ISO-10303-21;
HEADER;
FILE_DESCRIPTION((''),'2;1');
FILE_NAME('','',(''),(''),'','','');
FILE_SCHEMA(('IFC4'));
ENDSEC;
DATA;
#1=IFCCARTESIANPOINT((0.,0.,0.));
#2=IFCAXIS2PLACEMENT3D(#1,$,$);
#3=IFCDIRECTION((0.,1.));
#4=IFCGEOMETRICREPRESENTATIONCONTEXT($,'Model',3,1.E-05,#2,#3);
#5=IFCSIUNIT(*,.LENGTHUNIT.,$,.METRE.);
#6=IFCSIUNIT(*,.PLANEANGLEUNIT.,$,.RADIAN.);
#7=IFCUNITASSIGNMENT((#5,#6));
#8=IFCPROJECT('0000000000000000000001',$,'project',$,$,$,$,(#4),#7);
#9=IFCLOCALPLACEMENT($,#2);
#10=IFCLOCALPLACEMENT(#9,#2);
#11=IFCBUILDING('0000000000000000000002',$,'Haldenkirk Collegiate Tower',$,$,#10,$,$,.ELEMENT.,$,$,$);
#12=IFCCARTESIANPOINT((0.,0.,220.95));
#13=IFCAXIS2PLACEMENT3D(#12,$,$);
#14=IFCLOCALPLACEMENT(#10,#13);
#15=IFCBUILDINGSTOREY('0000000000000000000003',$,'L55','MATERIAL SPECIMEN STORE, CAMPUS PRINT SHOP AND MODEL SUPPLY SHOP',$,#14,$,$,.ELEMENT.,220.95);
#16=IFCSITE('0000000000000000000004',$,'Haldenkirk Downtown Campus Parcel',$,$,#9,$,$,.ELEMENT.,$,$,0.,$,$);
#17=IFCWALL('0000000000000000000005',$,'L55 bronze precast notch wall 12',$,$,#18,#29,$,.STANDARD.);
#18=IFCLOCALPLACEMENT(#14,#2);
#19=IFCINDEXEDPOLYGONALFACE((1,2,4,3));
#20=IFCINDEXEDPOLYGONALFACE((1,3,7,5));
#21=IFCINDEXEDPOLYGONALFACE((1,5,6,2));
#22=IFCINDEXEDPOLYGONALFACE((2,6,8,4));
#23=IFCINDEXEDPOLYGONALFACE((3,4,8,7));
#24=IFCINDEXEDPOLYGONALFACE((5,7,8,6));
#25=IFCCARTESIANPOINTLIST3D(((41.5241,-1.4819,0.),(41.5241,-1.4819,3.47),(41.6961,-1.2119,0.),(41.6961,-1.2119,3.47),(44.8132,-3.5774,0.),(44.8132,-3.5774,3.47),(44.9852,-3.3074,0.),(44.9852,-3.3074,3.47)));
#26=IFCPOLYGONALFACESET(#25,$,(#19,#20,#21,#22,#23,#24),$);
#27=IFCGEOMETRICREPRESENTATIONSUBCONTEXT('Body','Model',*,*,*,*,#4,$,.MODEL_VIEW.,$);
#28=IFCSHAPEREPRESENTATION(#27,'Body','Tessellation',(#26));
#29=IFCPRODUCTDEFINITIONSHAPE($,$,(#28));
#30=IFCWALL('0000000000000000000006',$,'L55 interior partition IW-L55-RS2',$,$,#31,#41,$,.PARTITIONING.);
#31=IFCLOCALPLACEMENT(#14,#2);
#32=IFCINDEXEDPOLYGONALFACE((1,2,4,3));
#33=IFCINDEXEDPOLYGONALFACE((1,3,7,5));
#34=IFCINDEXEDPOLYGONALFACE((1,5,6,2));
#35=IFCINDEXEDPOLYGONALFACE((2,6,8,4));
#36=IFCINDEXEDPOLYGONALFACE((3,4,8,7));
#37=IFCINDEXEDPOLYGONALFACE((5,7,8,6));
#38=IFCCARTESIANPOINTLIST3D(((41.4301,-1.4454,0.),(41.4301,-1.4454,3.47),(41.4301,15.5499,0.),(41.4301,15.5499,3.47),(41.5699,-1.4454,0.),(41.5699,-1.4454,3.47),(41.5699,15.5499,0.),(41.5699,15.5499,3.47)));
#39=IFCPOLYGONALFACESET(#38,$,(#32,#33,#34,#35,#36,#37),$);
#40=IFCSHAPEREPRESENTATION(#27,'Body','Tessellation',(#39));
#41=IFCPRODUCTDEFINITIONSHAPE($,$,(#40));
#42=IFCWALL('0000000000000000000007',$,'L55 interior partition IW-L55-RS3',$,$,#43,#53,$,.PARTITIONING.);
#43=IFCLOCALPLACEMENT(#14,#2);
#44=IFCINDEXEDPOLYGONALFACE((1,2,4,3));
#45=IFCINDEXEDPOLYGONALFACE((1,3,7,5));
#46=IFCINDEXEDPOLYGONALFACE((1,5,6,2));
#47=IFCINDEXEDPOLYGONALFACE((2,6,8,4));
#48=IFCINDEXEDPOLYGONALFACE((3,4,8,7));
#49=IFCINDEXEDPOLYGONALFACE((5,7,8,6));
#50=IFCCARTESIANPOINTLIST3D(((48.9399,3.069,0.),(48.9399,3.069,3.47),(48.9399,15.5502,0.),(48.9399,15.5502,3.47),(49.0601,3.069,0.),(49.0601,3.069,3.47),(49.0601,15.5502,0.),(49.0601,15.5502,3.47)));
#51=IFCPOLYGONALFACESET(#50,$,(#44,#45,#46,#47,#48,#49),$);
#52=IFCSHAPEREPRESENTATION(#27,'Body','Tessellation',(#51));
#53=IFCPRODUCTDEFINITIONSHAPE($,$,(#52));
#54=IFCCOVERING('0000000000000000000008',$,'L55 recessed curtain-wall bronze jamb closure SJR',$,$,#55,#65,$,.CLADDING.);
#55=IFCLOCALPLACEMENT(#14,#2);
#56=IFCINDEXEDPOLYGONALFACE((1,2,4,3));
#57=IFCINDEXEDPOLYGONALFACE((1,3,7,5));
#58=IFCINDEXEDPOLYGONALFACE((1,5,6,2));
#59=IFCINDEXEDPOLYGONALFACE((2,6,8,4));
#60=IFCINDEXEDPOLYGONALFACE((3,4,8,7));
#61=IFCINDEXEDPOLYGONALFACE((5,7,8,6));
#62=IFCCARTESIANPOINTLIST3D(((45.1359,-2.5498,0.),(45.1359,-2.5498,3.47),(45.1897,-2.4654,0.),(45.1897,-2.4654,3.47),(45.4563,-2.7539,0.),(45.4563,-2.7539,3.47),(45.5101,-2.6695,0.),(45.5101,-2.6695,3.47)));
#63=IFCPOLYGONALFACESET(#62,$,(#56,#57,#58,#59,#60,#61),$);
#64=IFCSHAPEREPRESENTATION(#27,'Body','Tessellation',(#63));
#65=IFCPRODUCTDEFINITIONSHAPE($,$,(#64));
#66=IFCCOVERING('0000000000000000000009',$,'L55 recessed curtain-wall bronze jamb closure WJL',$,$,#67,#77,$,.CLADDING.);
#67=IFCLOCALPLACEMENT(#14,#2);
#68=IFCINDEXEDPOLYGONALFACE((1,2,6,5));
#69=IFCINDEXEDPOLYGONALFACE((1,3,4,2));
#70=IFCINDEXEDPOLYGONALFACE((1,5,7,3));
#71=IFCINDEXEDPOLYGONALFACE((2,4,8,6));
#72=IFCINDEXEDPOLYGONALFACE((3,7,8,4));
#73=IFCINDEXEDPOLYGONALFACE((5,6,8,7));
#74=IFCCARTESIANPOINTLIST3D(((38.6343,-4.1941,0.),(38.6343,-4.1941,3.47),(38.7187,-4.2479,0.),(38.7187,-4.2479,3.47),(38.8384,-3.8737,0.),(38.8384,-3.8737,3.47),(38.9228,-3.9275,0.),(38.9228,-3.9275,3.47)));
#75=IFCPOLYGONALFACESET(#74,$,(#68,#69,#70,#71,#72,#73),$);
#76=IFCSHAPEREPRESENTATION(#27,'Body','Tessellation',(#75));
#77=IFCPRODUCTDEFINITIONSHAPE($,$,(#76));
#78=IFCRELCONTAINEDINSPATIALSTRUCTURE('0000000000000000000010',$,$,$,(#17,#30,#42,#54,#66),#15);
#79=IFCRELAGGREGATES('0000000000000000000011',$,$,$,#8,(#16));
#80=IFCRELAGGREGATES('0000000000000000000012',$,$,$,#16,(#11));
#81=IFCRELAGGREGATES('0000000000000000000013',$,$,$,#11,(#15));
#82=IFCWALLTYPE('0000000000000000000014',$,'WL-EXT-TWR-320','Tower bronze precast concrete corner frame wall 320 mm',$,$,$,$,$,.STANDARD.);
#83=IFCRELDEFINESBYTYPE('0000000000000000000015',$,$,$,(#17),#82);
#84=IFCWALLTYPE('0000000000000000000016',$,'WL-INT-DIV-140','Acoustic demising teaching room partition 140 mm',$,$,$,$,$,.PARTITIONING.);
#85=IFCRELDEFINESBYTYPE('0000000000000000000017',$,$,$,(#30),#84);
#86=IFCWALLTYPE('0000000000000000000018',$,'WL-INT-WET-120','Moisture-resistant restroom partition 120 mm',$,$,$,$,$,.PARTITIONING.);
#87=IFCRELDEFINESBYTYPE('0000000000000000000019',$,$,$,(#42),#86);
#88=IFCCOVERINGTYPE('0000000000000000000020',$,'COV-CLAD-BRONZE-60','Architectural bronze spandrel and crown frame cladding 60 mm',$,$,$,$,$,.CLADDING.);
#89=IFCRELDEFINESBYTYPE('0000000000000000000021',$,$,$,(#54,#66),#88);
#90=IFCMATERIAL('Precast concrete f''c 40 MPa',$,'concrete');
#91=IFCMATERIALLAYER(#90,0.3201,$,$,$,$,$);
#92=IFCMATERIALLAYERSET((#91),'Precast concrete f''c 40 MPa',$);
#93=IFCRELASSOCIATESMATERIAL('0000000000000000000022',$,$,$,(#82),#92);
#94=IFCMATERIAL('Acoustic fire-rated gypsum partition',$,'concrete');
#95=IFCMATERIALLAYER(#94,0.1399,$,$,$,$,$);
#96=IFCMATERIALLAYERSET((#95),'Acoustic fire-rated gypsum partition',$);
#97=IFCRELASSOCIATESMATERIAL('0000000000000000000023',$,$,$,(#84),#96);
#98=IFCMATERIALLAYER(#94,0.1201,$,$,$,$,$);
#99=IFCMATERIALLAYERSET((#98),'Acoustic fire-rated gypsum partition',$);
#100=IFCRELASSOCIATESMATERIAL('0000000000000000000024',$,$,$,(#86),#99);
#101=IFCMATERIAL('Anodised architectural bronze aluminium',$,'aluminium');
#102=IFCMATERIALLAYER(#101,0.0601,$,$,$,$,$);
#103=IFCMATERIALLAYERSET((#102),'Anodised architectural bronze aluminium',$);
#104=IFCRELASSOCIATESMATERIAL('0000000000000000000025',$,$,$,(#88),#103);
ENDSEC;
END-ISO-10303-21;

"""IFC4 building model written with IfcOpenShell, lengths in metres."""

from ifc_helpers import new_model, si_unit, direction, frame, frame_2d, origin, origin_2d, place, context, subcontext, project, spatial, rectangle, extrude, source, transform, mapped, material, layer, layer_set, type_object, element, save


model = new_model("IFC4")

# Units and contexts
model_context = context("Model", 3, precision=1e-05, world=origin(), true_north=direction((0.0, 1.0)))
body_context = subcontext(model_context, "Body", "Model", "MODEL_VIEW")
ifc_project = project(units=[si_unit("LENGTHUNIT", "METRE"), si_unit("PLANEANGLEUNIT", "RADIAN")], contexts=[model_context])

# Site, building, storey
site_placement = place(None, origin())
site = spatial("IfcSite", under=ifc_project, at=site_placement, Name="Haldenkirk Downtown Campus Parcel", CompositionType="ELEMENT", RefElevation=0.0)
building_placement = place(site_placement, origin())
building = spatial("IfcBuilding", under=site, at=building_placement, Name="Haldenkirk Collegiate Tower", CompositionType="ELEMENT")
storey_placement = place(building_placement, frame((0.0, 0.0, 220.95)))
storey = spatial("IfcBuildingStorey", under=building, at=storey_placement, Name="L55", Description="MATERIAL SPECIMEN STORE, CAMPUS PRINT SHOP AND MODEL SUPPLY SHOP", CompositionType="ELEMENT", Elevation=220.95)

# Shared definitions
ifc_material_1 = material(Name="Anodised architectural bronze aluminium", Category="aluminium")

# Walls
ifc_material_2 = material(Name="Precast concrete f'c 40 MPa", Category="concrete")
ifc_layer_1 = layer(ifc_material_2, 0.3201)
ifc_layer_set_1 = layer_set([ifc_layer_1], Name="Precast concrete f'c 40 MPa")
wall_type_1 = type_object("IfcWallType", Name="WL-EXT-TWR-320", Description="Tower bronze precast concrete corner frame wall 320 mm", PredefinedType="STANDARD", material=ifc_layer_set_1)
wall_1_placement = place(storey_placement, frame((44.8992, -3.4424, 0.0), z_axis=(0.0, 0.0, 1.0), x_axis=(-0.84338, 0.537317, 0.0)))
element("IfcWall", 1, at=wall_1_placement, inside=storey, type_object=wall_type_1, Name="L55 bronze precast notch wall 12", PredefinedType="STANDARD", context=body_context, shape_type="SweptSolid", body=[
    extrude(rectangle(XDim=3.8999, YDim=0.3201, at=frame_2d((1.95, 0.0))), origin(), (0.0, 0.0, 1.0), 3.47),
])
ifc_material_3 = material(Name="Acoustic fire-rated gypsum partition", Category="concrete")
ifc_layer_2 = layer(ifc_material_3, 0.1399)
ifc_layer_set_2 = layer_set([ifc_layer_2], Name="Acoustic fire-rated gypsum partition")
wall_type_2 = type_object("IfcWallType", Name="WL-INT-DIV-140", Description="Acoustic demising teaching room partition 140 mm", PredefinedType="PARTITIONING", material=ifc_layer_set_2)
wall_2_placement = place(storey_placement, frame((41.5, -1.4453, 0.0), z_axis=(0.0, 0.0, 1.0), x_axis=(0.0, 1.0, 0.0)))
element("IfcWall", 2, at=wall_2_placement, inside=storey, type_object=wall_type_2, Name="L55 interior partition IW-L55-RS2", PredefinedType="PARTITIONING", context=body_context, shape_type="SweptSolid", body=[
    extrude(rectangle(XDim=16.9954, YDim=0.1399, at=frame_2d((8.4976, 0.0))), origin(), (0.0, 0.0, 1.0), 3.47),
])
ifc_layer_3 = layer(ifc_material_3, 0.1201)
ifc_layer_set_3 = layer_set([ifc_layer_3], Name="Acoustic fire-rated gypsum partition")
wall_type_3 = type_object("IfcWallType", Name="WL-INT-WET-120", Description="Moisture-resistant restroom partition 120 mm", PredefinedType="PARTITIONING", material=ifc_layer_set_3)
wall_3_placement = place(storey_placement, frame((49.0, 3.0688, 0.0), z_axis=(0.0, 0.0, 1.0), x_axis=(0.0, 1.0, 0.0)))
element("IfcWall", 3, at=wall_3_placement, inside=storey, type_object=wall_type_3, Name="L55 interior partition IW-L55-RS3", PredefinedType="PARTITIONING", context=body_context, shape_type="SweptSolid", body=[
    extrude(rectangle(XDim=12.4812, YDim=0.1201, at=frame_2d((6.2407, 0.0))), origin(), (0.0, 0.0, 1.0), 3.47),
])

# Coverings
ifc_layer_4 = layer(ifc_material_1, 0.0601)
ifc_layer_set_4 = layer_set([ifc_layer_4], Name="Anodised architectural bronze aluminium")
covering_type = type_object("IfcCoveringType", Name="COV-CLAD-BRONZE-60", Description="Architectural bronze spandrel and crown frame cladding 60 mm", PredefinedType="CLADDING", material=ifc_layer_set_4)
shared_shape_1 = source(origin(), body_context, "Body", "SweptSolid", [
    extrude(rectangle(XDim=0.1001, YDim=0.3799, at=origin_2d()), origin(), (0.0, 0.0, 1.0), 3.47),
])
for number, where, z_axis, x_axis, name in (
    (4, (45.323, -2.6096, 0.0), (0.0, 0.0, 1.0), (-0.5373, -0.843391, 0.0), "L55 recessed curtain-wall bronze jamb closure SJR"),
    (5, (38.7786, -4.0608, 0.0), (0.0, 0.0, 1.0), (-0.843391, 0.5373, 0.0), "L55 recessed curtain-wall bronze jamb closure WJL"),
):
    element("IfcCovering", number, at=place(storey_placement, frame(where, z_axis=z_axis, x_axis=x_axis)), inside=storey, type_object=covering_type, Name=name, PredefinedType="CLADDING", context=body_context, shape_type="MappedRepresentation", body=[
        mapped(shared_shape_1, transform((0.0, 0.0, 0.0), x_axis=(1.0, 0.0, 0.0), y_axis=(0.0, 1.0, 0.0), z_axis=(0.0, 0.0, 1.0), scale=1.0)),
    ])

save(model, "model.ifc")
